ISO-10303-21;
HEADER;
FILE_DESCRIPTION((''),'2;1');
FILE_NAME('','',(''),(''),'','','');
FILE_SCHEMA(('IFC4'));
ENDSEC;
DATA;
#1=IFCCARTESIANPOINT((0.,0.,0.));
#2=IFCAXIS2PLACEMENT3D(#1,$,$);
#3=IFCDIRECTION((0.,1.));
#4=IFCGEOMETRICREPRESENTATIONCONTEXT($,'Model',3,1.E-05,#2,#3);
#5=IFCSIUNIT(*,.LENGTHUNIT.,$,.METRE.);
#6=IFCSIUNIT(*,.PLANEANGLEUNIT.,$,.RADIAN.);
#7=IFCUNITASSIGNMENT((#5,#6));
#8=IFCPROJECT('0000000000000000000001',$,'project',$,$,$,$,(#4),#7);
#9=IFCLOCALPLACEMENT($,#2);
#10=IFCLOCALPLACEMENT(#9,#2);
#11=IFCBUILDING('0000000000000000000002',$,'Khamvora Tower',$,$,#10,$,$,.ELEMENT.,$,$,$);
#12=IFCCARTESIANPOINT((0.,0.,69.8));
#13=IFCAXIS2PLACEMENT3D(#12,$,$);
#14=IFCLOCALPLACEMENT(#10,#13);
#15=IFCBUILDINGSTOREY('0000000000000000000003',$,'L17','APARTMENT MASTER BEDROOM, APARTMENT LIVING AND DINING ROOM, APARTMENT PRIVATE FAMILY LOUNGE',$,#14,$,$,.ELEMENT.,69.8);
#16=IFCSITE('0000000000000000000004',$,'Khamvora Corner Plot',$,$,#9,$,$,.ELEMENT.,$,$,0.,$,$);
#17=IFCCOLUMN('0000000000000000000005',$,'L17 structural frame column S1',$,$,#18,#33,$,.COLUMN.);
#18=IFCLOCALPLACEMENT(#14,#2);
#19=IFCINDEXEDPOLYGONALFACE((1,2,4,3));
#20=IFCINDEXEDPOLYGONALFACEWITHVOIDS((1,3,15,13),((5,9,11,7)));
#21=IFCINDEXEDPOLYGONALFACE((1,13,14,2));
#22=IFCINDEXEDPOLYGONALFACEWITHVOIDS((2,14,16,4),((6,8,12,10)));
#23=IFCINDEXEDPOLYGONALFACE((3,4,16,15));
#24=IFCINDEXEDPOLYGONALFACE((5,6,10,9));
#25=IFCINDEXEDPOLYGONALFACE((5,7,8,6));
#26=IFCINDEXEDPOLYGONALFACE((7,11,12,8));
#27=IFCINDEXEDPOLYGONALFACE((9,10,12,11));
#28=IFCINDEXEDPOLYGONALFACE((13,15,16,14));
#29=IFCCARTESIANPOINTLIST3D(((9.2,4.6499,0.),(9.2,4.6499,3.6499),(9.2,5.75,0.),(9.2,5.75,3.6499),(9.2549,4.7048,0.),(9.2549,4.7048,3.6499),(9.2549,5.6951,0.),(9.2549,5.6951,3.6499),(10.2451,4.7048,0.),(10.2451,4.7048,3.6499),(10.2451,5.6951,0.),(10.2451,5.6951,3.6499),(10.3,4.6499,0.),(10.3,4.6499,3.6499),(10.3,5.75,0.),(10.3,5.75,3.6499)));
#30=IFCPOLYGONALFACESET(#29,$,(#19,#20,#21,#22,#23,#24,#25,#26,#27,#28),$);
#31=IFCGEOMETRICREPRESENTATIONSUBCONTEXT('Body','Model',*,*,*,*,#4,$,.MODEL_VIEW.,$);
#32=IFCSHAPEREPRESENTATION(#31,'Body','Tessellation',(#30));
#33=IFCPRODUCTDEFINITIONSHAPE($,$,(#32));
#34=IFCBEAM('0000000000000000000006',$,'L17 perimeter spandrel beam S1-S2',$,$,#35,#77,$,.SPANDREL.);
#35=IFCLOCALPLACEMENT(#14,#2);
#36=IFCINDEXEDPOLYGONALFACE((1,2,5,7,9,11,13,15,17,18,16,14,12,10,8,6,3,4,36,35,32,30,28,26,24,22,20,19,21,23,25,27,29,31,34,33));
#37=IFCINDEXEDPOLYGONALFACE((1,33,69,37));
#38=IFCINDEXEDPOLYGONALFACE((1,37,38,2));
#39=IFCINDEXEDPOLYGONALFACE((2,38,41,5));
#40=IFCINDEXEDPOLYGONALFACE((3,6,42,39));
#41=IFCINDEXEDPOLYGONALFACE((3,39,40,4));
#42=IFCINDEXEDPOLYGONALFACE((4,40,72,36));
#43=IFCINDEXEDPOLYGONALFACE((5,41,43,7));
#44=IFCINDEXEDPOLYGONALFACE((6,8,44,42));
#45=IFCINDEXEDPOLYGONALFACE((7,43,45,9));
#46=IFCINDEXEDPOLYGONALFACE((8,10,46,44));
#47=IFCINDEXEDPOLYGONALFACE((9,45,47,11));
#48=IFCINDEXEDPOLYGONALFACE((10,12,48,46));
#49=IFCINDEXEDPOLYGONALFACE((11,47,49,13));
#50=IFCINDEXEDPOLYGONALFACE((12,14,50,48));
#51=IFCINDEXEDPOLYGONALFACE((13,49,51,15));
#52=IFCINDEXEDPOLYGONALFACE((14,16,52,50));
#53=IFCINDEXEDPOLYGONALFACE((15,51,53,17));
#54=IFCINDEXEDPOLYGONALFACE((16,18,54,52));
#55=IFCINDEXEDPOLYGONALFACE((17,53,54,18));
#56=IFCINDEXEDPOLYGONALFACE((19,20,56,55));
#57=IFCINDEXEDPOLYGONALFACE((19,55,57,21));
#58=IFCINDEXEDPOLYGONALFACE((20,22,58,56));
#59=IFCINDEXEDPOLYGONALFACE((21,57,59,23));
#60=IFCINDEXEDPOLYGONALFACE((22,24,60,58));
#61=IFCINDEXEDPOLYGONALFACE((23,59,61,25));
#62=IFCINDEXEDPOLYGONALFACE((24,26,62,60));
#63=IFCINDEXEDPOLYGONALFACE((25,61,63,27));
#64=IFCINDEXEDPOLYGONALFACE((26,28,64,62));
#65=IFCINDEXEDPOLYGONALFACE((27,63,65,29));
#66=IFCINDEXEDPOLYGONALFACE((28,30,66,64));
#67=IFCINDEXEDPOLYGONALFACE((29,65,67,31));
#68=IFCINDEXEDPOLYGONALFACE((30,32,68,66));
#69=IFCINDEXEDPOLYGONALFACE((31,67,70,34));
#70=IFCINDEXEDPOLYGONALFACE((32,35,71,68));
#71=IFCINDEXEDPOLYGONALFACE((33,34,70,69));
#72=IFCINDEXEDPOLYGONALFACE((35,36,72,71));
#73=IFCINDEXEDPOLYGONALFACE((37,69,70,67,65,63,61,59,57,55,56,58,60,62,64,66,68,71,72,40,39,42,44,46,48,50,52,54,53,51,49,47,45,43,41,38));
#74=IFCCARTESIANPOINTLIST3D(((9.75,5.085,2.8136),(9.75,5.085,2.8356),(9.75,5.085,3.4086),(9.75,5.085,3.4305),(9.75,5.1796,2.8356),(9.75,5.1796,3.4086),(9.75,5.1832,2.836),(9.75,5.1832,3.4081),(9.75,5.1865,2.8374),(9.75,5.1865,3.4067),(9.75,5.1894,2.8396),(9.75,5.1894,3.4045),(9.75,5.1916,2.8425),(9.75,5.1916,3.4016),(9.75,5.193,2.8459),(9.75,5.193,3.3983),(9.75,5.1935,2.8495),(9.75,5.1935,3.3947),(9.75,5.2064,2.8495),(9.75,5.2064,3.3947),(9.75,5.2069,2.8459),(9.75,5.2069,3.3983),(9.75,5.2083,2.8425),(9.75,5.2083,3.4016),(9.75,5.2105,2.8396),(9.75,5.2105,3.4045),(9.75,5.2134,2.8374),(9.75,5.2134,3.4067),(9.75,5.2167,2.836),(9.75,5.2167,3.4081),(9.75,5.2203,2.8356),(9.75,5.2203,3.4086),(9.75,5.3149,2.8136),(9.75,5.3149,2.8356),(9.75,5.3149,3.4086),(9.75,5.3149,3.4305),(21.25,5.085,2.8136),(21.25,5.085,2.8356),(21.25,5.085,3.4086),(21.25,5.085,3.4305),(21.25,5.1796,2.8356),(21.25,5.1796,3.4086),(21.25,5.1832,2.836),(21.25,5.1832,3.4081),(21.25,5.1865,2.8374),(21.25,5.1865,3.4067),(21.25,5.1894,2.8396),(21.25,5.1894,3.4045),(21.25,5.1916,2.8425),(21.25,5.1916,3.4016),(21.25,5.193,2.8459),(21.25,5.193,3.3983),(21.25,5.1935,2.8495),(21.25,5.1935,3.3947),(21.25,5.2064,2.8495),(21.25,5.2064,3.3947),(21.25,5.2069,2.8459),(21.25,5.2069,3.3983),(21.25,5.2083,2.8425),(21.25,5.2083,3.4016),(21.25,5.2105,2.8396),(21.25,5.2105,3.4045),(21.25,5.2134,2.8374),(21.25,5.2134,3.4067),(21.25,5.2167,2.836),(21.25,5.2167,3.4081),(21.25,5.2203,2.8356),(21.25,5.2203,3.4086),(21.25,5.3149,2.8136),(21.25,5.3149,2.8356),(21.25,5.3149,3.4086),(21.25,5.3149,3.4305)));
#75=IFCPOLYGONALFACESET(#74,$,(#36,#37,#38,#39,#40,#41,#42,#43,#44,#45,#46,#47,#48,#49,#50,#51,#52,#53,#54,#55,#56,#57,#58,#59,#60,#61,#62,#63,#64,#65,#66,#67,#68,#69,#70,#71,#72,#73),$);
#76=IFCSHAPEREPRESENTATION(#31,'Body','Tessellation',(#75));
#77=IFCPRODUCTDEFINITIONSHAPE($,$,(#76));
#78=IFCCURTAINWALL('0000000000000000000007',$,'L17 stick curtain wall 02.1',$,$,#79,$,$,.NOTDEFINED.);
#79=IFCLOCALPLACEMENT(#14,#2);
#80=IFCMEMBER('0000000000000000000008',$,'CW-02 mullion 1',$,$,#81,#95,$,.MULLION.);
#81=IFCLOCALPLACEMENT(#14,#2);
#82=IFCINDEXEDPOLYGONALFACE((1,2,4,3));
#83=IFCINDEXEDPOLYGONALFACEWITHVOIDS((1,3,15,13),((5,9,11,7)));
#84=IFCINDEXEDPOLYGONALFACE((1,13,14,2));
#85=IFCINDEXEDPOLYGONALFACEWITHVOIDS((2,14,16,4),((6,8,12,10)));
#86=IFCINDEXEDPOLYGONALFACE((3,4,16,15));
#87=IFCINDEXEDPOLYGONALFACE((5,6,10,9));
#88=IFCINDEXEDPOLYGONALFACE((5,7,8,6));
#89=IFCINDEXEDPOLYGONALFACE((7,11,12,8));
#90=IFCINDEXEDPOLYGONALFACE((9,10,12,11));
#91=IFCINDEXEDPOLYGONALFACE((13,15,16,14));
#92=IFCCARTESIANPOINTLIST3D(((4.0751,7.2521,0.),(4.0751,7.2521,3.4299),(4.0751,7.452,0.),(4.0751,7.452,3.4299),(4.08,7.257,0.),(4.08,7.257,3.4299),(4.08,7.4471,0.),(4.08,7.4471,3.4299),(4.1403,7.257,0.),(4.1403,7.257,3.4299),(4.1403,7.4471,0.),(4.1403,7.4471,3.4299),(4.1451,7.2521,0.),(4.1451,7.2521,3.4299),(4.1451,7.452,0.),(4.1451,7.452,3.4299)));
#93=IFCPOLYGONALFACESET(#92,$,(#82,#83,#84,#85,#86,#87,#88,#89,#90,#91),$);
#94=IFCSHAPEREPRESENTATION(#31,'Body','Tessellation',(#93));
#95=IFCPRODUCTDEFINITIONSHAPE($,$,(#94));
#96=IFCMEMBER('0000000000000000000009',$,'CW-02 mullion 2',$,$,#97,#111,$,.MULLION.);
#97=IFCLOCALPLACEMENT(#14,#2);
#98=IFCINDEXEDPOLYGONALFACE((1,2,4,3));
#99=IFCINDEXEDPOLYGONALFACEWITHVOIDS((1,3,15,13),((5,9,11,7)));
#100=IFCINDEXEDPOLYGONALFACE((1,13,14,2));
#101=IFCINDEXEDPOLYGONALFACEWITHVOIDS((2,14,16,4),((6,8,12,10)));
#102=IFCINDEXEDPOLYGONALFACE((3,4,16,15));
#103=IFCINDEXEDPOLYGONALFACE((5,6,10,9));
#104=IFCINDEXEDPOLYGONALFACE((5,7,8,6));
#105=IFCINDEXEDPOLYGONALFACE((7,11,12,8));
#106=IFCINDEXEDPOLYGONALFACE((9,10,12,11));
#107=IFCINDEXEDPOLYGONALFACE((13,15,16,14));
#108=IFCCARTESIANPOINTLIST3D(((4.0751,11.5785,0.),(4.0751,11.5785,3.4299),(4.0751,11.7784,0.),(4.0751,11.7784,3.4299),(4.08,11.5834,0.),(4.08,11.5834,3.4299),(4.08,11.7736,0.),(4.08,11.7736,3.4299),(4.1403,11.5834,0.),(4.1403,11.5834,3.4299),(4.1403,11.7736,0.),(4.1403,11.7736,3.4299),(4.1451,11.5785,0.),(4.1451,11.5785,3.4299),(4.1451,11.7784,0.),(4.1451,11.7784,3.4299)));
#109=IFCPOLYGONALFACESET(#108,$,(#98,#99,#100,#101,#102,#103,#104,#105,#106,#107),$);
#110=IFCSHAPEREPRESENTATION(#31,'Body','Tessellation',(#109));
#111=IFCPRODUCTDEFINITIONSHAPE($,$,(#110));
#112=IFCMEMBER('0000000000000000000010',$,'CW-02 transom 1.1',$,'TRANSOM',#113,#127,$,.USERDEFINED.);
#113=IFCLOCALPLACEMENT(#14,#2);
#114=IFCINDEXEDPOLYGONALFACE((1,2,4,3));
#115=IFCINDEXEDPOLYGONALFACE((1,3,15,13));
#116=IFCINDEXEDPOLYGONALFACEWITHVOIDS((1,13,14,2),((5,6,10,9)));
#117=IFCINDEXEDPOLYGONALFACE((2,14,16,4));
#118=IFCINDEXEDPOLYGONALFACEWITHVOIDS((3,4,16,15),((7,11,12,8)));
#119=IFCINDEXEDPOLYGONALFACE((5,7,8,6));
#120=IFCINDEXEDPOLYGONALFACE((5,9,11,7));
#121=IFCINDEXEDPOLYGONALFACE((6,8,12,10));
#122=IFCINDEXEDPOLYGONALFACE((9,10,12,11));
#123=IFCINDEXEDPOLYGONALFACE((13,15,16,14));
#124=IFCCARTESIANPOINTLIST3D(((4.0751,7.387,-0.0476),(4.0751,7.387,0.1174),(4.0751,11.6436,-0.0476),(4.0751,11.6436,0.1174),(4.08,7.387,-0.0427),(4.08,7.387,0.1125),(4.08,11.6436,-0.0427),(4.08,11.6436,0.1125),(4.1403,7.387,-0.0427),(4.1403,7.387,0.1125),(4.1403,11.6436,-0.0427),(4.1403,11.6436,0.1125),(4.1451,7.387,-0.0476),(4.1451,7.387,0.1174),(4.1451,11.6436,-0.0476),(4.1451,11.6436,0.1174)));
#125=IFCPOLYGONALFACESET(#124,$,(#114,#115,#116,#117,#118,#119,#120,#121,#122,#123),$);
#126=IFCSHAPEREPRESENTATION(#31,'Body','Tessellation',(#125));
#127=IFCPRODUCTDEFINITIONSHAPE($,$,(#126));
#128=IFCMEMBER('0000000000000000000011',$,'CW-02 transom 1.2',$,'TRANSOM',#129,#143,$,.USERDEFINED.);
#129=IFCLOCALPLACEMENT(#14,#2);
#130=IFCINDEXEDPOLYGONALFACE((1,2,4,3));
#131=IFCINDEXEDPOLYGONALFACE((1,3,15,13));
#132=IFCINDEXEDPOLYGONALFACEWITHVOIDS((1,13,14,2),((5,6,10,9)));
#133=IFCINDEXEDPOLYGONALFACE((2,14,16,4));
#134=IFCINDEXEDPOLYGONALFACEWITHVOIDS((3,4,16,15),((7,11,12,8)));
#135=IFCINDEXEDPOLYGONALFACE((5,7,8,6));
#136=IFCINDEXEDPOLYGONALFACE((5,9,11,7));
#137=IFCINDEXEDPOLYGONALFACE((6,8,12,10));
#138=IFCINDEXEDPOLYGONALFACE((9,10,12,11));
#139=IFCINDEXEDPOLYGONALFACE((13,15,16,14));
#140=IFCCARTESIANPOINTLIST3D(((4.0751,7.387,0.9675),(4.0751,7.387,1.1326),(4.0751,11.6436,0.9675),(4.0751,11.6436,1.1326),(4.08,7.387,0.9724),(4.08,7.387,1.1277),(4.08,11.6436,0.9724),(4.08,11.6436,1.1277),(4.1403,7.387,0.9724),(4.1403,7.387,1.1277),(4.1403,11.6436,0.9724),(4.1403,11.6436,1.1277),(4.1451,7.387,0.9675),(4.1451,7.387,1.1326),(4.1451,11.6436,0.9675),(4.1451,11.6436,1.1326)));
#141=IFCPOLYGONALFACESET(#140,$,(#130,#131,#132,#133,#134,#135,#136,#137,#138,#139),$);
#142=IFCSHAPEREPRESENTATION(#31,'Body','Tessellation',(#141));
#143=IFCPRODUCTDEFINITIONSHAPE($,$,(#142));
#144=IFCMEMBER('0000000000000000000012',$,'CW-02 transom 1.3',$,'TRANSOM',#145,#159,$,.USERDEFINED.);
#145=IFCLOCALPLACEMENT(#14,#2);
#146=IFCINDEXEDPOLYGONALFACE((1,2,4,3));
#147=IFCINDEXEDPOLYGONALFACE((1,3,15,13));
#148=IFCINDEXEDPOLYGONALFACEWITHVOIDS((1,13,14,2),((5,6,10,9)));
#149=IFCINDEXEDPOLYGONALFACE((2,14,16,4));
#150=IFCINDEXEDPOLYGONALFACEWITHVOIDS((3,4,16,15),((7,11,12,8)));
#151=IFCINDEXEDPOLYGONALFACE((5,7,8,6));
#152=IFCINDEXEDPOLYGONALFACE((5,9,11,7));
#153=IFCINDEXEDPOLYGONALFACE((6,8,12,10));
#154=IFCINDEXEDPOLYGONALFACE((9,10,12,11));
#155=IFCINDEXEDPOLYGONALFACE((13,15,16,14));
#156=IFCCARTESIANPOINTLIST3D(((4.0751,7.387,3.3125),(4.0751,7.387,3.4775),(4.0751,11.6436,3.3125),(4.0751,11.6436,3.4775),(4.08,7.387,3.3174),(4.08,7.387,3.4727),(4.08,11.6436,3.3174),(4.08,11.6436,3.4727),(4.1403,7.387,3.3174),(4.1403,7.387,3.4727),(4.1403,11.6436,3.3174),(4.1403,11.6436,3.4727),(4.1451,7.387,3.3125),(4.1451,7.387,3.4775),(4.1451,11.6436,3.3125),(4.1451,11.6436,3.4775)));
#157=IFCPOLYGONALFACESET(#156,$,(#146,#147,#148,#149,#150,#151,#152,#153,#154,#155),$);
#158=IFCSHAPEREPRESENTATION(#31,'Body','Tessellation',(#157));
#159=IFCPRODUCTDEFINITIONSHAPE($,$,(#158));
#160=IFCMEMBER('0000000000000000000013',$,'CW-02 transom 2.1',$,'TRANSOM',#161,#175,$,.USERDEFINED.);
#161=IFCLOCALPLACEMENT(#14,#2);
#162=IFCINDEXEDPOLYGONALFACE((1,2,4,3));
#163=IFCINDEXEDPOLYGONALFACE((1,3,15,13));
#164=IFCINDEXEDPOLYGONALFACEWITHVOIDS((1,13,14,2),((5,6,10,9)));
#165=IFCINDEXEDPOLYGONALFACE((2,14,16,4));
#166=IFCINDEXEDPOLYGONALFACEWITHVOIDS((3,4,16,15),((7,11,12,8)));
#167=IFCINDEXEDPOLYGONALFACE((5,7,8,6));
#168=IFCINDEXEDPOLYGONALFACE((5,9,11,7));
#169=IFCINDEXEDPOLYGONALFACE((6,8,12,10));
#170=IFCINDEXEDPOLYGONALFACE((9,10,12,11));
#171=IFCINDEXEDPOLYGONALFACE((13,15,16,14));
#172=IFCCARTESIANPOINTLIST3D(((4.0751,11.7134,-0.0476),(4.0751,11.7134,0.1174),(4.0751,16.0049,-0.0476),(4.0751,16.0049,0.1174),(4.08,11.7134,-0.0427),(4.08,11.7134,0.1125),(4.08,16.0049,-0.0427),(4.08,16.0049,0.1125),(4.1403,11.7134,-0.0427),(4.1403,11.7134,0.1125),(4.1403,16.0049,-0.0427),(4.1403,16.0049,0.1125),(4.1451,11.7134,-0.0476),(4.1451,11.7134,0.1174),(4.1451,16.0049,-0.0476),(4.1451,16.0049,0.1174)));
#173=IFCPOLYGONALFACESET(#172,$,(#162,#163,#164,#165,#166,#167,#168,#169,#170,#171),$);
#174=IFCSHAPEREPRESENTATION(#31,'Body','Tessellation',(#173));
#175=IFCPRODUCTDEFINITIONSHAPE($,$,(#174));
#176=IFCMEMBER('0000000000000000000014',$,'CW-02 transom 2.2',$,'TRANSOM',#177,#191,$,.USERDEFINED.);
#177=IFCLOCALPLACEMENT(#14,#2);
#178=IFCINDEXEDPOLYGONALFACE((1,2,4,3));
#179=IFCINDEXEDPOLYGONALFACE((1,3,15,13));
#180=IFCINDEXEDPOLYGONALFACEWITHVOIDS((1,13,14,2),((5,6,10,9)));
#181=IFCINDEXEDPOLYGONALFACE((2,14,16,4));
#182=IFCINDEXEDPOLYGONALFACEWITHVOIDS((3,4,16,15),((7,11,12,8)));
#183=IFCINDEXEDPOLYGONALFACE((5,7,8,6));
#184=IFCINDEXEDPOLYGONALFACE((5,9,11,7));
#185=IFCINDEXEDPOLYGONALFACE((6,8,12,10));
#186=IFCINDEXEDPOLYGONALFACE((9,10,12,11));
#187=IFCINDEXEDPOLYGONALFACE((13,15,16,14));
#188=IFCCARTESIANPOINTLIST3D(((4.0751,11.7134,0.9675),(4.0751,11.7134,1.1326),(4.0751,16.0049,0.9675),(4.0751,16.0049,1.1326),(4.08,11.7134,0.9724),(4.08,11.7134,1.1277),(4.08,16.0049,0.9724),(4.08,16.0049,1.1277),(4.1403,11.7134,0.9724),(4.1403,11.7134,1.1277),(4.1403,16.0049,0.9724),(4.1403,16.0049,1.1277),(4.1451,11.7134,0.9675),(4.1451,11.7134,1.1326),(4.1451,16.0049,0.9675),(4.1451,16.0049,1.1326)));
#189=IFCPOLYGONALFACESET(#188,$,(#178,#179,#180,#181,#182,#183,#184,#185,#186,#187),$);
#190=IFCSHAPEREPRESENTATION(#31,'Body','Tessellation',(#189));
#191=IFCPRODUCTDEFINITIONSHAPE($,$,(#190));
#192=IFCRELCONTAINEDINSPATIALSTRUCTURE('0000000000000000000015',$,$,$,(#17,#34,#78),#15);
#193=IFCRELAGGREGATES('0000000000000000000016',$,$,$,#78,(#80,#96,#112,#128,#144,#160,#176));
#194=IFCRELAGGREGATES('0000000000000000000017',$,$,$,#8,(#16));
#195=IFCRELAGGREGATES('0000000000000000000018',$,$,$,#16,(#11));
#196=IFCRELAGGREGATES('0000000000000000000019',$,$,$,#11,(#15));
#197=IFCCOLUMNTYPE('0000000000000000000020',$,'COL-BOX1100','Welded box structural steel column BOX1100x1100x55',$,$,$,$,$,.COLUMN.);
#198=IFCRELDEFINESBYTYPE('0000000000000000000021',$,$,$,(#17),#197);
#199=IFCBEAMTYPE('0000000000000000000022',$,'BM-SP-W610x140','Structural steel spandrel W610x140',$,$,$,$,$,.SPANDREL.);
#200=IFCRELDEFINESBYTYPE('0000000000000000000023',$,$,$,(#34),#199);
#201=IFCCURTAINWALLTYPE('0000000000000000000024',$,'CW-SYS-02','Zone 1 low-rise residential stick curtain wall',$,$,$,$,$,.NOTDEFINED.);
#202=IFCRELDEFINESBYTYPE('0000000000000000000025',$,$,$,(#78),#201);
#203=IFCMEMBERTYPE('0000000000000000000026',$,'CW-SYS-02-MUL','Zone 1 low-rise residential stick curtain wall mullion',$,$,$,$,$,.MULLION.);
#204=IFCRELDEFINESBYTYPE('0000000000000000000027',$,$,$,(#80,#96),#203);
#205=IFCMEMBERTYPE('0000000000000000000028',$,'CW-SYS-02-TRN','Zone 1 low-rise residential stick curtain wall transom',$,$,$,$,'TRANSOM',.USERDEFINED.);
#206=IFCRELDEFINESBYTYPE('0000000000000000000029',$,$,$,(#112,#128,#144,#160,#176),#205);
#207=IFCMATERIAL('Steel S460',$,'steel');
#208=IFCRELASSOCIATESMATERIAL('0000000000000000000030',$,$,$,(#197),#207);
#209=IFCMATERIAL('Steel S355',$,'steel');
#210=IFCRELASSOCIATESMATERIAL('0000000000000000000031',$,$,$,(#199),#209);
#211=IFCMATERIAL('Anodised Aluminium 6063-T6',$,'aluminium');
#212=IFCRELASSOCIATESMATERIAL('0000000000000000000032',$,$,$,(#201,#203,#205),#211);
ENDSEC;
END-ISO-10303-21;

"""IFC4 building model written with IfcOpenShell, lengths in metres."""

from ifc_helpers import new_model, si_unit, direction, frame, origin, origin_2d, place, context, subcontext, project, spatial, hollow_rectangle, i_section, extrude, material, material_profile, profile_set, type_object, element, aggregate, save


model = new_model("IFC4")

# Units and contexts
model_context = context("Model", 3, precision=1e-05, world=origin(), true_north=direction((0.0, 1.0)))
body_context = subcontext(model_context, "Body", "Model", "MODEL_VIEW")
ifc_project = project(units=[si_unit("LENGTHUNIT", "METRE"), si_unit("PLANEANGLEUNIT", "RADIAN")], contexts=[model_context])

# Site, building, storey
site_placement = place(None, origin())
site = spatial("IfcSite", under=ifc_project, at=site_placement, Name="Khamvora Corner Plot", CompositionType="ELEMENT", RefElevation=0.0)
building_placement = place(site_placement, origin())
building = spatial("IfcBuilding", under=site, at=building_placement, Name="Khamvora Tower", CompositionType="ELEMENT")
storey_placement = place(building_placement, frame((0.0, 0.0, 69.8)))
storey = spatial("IfcBuildingStorey", under=building, at=storey_placement, Name="L17", Description="APARTMENT MASTER BEDROOM, APARTMENT LIVING AND DINING ROOM, APARTMENT PRIVATE FAMILY LOUNGE", CompositionType="ELEMENT", Elevation=69.8)

# Column
ifc_material_1 = material(Name="Steel S460", Category="steel")
ifc_material_profile_1 = material_profile(ifc_material_1, hollow_rectangle(XDim=1.1001, YDim=1.1001, WallThickness=0.0549, at=origin_2d()), Name="BOX1100x1100x55")
ifc_profile_set_1 = profile_set([ifc_material_profile_1], Name="Steel S460")
column_type = type_object("IfcColumnType", Name="COL-BOX1100", Description="Welded box structural steel column BOX1100x1100x55", PredefinedType="COLUMN", material=ifc_profile_set_1)
column_placement = place(storey_placement, frame((9.75, 5.2, 0.0), z_axis=(0.0, 0.0, 1.0), x_axis=(1.0, 0.0, 0.0)))
element("IfcColumn", 1, at=column_placement, inside=storey, type_object=column_type, Name="L17 structural frame column S1", PredefinedType="COLUMN", context=body_context, shape_type="SweptSolid", body=[
    extrude(hollow_rectangle(XDim=1.1001, YDim=1.1001, WallThickness=0.0549, at=origin_2d()), origin(), (0.0, 0.0, 1.0), 3.6499),
])

# Beam
ifc_material_2 = material(Name="Steel S355", Category="steel")
ifc_material_profile_2 = material_profile(ifc_material_2, i_section(OverallWidth=0.23, OverallDepth=0.6169, WebThickness=0.0129, FlangeThickness=0.022, FilletRadius=0.0139, at=origin_2d()), Name="W610x140")
ifc_profile_set_2 = profile_set([ifc_material_profile_2], Name="Steel S355")
beam_type = type_object("IfcBeamType", Name="BM-SP-W610x140", Description="Structural steel spandrel W610x140", PredefinedType="SPANDREL", material=ifc_profile_set_2)
beam_placement = place(storey_placement, frame((9.75, 5.2, 3.1221), z_axis=(1.0, 0.0, 0.0), x_axis=(0.0, 1.0, 0.0)))
element("IfcBeam", 2, at=beam_placement, inside=storey, type_object=beam_type, Name="L17 perimeter spandrel beam S1-S2", PredefinedType="SPANDREL", context=body_context, shape_type="SweptSolid", body=[
    extrude(i_section(OverallWidth=0.23, OverallDepth=0.6169, WebThickness=0.0129, FlangeThickness=0.022, FilletRadius=0.0139, at=origin_2d()), origin(), (0.0, 0.0, 1.0), 11.5),
])

# Curtain wall, members
ifc_material_3 = material(Name="Anodised Aluminium 6063-T6", Category="aluminium")
curtain_wall_type = type_object("IfcCurtainWallType", Name="CW-SYS-02", Description="Zone 1 low-rise residential stick curtain wall", PredefinedType="NOTDEFINED", material=ifc_material_3)
curtain_wall_placement = place(storey_placement, origin())
curtain_wall = element("IfcCurtainWall", 3, at=curtain_wall_placement, inside=storey, type_object=curtain_wall_type, Name="L17 stick curtain wall 02.1", PredefinedType="NOTDEFINED")
ifc_material_profile_3 = material_profile(ifc_material_3, hollow_rectangle(XDim=0.0701, YDim=0.2, WallThickness=0.0049, at=origin_2d()), Name="MUL70x200x5")
ifc_profile_set_3 = profile_set([ifc_material_profile_3], Name="Anodised Aluminium 6063-T6")
member_type_1 = type_object("IfcMemberType", Name="CW-SYS-02-MUL", Description="Zone 1 low-rise residential stick curtain wall mullion", PredefinedType="MULLION", material=ifc_profile_set_3)
member_1_placement = place(storey_placement, frame((4.1101, 7.3521, 0.0), z_axis=(0.0, 0.0, 1.0), x_axis=(-1.0, 0.0, 0.0)))
member_1 = element("IfcMember", 4, at=member_1_placement, type_object=member_type_1, Name="CW-02 mullion 1", PredefinedType="MULLION", context=body_context, shape_type="SweptSolid", body=[
    extrude(hollow_rectangle(XDim=0.0701, YDim=0.2, WallThickness=0.0049, at=origin_2d()), origin(), (0.0, 0.0, 1.0), 3.4299),
])
member_2_placement = place(storey_placement, frame((4.1101, 11.6785, 0.0), z_axis=(0.0, 0.0, 1.0), x_axis=(-1.0, 0.0, 0.0)))
member_2 = element("IfcMember", 5, at=member_2_placement, type_object=member_type_1, Name="CW-02 mullion 2", PredefinedType="MULLION", context=body_context, shape_type="SweptSolid", body=[
    extrude(hollow_rectangle(XDim=0.0701, YDim=0.2, WallThickness=0.0049, at=origin_2d()), origin(), (0.0, 0.0, 1.0), 3.4299),
])
ifc_material_profile_4 = material_profile(ifc_material_3, hollow_rectangle(XDim=0.0701, YDim=0.165, WallThickness=0.0049, at=origin_2d()), Name="TRN70x165x5")
ifc_profile_set_4 = profile_set([ifc_material_profile_4], Name="Anodised Aluminium 6063-T6")
member_type_2 = type_object("IfcMemberType", Name="CW-SYS-02-TRN", Description="Zone 1 low-rise residential stick curtain wall transom", ElementType="TRANSOM", PredefinedType="USERDEFINED", material=ifc_profile_set_4)
member_3_placement = place(storey_placement, frame((4.1101, 7.387, 0.0349), z_axis=(0.0, 1.0, 0.0), x_axis=(-1.0, 0.0, 0.0)))
member_3 = element("IfcMember", 6, at=member_3_placement, type_object=member_type_2, Name="CW-02 transom 1.1", ObjectType="TRANSOM", PredefinedType="USERDEFINED", context=body_context, shape_type="SweptSolid", body=[
    extrude(hollow_rectangle(XDim=0.0701, YDim=0.165, WallThickness=0.0049, at=origin_2d()), origin(), (0.0, 0.0, 1.0), 4.2566),
])
member_4_placement = place(storey_placement, frame((4.1101, 7.387, 1.05), z_axis=(0.0, 1.0, 0.0), x_axis=(-1.0, 0.0, 0.0)))
member_4 = element("IfcMember", 7, at=member_4_placement, type_object=member_type_2, Name="CW-02 transom 1.2", ObjectType="TRANSOM", PredefinedType="USERDEFINED", context=body_context, shape_type="SweptSolid", body=[
    extrude(hollow_rectangle(XDim=0.0701, YDim=0.165, WallThickness=0.0049, at=origin_2d()), origin(), (0.0, 0.0, 1.0), 4.2566),
])
member_5_placement = place(storey_placement, frame((4.1101, 7.387, 3.395), z_axis=(0.0, 1.0, 0.0), x_axis=(-1.0, 0.0, 0.0)))
member_5 = element("IfcMember", 8, at=member_5_placement, type_object=member_type_2, Name="CW-02 transom 1.3", ObjectType="TRANSOM", PredefinedType="USERDEFINED", context=body_context, shape_type="SweptSolid", body=[
    extrude(hollow_rectangle(XDim=0.0701, YDim=0.165, WallThickness=0.0049, at=origin_2d()), origin(), (0.0, 0.0, 1.0), 4.2566),
])
member_6_placement = place(storey_placement, frame((4.1101, 11.7134, 0.0349), z_axis=(0.0, 1.0, 0.0), x_axis=(-1.0, 0.0, 0.0)))
member_6 = element("IfcMember", 9, at=member_6_placement, type_object=member_type_2, Name="CW-02 transom 2.1", ObjectType="TRANSOM", PredefinedType="USERDEFINED", context=body_context, shape_type="SweptSolid", body=[
    extrude(hollow_rectangle(XDim=0.0701, YDim=0.165, WallThickness=0.0049, at=origin_2d()), origin(), (0.0, 0.0, 1.0), 4.2915),
])
member_7_placement = place(storey_placement, frame((4.1101, 11.7134, 1.05), z_axis=(0.0, 1.0, 0.0), x_axis=(-1.0, 0.0, 0.0)))
member_7 = element("IfcMember", 10, at=member_7_placement, type_object=member_type_2, Name="CW-02 transom 2.2", ObjectType="TRANSOM", PredefinedType="USERDEFINED", context=body_context, shape_type="SweptSolid", body=[
    extrude(hollow_rectangle(XDim=0.0701, YDim=0.165, WallThickness=0.0049, at=origin_2d()), origin(), (0.0, 0.0, 1.0), 4.2915),
])
aggregate(curtain_wall, [member_1, member_2, member_3, member_4, member_5, member_6, member_7])

save(model, "model.ifc")
